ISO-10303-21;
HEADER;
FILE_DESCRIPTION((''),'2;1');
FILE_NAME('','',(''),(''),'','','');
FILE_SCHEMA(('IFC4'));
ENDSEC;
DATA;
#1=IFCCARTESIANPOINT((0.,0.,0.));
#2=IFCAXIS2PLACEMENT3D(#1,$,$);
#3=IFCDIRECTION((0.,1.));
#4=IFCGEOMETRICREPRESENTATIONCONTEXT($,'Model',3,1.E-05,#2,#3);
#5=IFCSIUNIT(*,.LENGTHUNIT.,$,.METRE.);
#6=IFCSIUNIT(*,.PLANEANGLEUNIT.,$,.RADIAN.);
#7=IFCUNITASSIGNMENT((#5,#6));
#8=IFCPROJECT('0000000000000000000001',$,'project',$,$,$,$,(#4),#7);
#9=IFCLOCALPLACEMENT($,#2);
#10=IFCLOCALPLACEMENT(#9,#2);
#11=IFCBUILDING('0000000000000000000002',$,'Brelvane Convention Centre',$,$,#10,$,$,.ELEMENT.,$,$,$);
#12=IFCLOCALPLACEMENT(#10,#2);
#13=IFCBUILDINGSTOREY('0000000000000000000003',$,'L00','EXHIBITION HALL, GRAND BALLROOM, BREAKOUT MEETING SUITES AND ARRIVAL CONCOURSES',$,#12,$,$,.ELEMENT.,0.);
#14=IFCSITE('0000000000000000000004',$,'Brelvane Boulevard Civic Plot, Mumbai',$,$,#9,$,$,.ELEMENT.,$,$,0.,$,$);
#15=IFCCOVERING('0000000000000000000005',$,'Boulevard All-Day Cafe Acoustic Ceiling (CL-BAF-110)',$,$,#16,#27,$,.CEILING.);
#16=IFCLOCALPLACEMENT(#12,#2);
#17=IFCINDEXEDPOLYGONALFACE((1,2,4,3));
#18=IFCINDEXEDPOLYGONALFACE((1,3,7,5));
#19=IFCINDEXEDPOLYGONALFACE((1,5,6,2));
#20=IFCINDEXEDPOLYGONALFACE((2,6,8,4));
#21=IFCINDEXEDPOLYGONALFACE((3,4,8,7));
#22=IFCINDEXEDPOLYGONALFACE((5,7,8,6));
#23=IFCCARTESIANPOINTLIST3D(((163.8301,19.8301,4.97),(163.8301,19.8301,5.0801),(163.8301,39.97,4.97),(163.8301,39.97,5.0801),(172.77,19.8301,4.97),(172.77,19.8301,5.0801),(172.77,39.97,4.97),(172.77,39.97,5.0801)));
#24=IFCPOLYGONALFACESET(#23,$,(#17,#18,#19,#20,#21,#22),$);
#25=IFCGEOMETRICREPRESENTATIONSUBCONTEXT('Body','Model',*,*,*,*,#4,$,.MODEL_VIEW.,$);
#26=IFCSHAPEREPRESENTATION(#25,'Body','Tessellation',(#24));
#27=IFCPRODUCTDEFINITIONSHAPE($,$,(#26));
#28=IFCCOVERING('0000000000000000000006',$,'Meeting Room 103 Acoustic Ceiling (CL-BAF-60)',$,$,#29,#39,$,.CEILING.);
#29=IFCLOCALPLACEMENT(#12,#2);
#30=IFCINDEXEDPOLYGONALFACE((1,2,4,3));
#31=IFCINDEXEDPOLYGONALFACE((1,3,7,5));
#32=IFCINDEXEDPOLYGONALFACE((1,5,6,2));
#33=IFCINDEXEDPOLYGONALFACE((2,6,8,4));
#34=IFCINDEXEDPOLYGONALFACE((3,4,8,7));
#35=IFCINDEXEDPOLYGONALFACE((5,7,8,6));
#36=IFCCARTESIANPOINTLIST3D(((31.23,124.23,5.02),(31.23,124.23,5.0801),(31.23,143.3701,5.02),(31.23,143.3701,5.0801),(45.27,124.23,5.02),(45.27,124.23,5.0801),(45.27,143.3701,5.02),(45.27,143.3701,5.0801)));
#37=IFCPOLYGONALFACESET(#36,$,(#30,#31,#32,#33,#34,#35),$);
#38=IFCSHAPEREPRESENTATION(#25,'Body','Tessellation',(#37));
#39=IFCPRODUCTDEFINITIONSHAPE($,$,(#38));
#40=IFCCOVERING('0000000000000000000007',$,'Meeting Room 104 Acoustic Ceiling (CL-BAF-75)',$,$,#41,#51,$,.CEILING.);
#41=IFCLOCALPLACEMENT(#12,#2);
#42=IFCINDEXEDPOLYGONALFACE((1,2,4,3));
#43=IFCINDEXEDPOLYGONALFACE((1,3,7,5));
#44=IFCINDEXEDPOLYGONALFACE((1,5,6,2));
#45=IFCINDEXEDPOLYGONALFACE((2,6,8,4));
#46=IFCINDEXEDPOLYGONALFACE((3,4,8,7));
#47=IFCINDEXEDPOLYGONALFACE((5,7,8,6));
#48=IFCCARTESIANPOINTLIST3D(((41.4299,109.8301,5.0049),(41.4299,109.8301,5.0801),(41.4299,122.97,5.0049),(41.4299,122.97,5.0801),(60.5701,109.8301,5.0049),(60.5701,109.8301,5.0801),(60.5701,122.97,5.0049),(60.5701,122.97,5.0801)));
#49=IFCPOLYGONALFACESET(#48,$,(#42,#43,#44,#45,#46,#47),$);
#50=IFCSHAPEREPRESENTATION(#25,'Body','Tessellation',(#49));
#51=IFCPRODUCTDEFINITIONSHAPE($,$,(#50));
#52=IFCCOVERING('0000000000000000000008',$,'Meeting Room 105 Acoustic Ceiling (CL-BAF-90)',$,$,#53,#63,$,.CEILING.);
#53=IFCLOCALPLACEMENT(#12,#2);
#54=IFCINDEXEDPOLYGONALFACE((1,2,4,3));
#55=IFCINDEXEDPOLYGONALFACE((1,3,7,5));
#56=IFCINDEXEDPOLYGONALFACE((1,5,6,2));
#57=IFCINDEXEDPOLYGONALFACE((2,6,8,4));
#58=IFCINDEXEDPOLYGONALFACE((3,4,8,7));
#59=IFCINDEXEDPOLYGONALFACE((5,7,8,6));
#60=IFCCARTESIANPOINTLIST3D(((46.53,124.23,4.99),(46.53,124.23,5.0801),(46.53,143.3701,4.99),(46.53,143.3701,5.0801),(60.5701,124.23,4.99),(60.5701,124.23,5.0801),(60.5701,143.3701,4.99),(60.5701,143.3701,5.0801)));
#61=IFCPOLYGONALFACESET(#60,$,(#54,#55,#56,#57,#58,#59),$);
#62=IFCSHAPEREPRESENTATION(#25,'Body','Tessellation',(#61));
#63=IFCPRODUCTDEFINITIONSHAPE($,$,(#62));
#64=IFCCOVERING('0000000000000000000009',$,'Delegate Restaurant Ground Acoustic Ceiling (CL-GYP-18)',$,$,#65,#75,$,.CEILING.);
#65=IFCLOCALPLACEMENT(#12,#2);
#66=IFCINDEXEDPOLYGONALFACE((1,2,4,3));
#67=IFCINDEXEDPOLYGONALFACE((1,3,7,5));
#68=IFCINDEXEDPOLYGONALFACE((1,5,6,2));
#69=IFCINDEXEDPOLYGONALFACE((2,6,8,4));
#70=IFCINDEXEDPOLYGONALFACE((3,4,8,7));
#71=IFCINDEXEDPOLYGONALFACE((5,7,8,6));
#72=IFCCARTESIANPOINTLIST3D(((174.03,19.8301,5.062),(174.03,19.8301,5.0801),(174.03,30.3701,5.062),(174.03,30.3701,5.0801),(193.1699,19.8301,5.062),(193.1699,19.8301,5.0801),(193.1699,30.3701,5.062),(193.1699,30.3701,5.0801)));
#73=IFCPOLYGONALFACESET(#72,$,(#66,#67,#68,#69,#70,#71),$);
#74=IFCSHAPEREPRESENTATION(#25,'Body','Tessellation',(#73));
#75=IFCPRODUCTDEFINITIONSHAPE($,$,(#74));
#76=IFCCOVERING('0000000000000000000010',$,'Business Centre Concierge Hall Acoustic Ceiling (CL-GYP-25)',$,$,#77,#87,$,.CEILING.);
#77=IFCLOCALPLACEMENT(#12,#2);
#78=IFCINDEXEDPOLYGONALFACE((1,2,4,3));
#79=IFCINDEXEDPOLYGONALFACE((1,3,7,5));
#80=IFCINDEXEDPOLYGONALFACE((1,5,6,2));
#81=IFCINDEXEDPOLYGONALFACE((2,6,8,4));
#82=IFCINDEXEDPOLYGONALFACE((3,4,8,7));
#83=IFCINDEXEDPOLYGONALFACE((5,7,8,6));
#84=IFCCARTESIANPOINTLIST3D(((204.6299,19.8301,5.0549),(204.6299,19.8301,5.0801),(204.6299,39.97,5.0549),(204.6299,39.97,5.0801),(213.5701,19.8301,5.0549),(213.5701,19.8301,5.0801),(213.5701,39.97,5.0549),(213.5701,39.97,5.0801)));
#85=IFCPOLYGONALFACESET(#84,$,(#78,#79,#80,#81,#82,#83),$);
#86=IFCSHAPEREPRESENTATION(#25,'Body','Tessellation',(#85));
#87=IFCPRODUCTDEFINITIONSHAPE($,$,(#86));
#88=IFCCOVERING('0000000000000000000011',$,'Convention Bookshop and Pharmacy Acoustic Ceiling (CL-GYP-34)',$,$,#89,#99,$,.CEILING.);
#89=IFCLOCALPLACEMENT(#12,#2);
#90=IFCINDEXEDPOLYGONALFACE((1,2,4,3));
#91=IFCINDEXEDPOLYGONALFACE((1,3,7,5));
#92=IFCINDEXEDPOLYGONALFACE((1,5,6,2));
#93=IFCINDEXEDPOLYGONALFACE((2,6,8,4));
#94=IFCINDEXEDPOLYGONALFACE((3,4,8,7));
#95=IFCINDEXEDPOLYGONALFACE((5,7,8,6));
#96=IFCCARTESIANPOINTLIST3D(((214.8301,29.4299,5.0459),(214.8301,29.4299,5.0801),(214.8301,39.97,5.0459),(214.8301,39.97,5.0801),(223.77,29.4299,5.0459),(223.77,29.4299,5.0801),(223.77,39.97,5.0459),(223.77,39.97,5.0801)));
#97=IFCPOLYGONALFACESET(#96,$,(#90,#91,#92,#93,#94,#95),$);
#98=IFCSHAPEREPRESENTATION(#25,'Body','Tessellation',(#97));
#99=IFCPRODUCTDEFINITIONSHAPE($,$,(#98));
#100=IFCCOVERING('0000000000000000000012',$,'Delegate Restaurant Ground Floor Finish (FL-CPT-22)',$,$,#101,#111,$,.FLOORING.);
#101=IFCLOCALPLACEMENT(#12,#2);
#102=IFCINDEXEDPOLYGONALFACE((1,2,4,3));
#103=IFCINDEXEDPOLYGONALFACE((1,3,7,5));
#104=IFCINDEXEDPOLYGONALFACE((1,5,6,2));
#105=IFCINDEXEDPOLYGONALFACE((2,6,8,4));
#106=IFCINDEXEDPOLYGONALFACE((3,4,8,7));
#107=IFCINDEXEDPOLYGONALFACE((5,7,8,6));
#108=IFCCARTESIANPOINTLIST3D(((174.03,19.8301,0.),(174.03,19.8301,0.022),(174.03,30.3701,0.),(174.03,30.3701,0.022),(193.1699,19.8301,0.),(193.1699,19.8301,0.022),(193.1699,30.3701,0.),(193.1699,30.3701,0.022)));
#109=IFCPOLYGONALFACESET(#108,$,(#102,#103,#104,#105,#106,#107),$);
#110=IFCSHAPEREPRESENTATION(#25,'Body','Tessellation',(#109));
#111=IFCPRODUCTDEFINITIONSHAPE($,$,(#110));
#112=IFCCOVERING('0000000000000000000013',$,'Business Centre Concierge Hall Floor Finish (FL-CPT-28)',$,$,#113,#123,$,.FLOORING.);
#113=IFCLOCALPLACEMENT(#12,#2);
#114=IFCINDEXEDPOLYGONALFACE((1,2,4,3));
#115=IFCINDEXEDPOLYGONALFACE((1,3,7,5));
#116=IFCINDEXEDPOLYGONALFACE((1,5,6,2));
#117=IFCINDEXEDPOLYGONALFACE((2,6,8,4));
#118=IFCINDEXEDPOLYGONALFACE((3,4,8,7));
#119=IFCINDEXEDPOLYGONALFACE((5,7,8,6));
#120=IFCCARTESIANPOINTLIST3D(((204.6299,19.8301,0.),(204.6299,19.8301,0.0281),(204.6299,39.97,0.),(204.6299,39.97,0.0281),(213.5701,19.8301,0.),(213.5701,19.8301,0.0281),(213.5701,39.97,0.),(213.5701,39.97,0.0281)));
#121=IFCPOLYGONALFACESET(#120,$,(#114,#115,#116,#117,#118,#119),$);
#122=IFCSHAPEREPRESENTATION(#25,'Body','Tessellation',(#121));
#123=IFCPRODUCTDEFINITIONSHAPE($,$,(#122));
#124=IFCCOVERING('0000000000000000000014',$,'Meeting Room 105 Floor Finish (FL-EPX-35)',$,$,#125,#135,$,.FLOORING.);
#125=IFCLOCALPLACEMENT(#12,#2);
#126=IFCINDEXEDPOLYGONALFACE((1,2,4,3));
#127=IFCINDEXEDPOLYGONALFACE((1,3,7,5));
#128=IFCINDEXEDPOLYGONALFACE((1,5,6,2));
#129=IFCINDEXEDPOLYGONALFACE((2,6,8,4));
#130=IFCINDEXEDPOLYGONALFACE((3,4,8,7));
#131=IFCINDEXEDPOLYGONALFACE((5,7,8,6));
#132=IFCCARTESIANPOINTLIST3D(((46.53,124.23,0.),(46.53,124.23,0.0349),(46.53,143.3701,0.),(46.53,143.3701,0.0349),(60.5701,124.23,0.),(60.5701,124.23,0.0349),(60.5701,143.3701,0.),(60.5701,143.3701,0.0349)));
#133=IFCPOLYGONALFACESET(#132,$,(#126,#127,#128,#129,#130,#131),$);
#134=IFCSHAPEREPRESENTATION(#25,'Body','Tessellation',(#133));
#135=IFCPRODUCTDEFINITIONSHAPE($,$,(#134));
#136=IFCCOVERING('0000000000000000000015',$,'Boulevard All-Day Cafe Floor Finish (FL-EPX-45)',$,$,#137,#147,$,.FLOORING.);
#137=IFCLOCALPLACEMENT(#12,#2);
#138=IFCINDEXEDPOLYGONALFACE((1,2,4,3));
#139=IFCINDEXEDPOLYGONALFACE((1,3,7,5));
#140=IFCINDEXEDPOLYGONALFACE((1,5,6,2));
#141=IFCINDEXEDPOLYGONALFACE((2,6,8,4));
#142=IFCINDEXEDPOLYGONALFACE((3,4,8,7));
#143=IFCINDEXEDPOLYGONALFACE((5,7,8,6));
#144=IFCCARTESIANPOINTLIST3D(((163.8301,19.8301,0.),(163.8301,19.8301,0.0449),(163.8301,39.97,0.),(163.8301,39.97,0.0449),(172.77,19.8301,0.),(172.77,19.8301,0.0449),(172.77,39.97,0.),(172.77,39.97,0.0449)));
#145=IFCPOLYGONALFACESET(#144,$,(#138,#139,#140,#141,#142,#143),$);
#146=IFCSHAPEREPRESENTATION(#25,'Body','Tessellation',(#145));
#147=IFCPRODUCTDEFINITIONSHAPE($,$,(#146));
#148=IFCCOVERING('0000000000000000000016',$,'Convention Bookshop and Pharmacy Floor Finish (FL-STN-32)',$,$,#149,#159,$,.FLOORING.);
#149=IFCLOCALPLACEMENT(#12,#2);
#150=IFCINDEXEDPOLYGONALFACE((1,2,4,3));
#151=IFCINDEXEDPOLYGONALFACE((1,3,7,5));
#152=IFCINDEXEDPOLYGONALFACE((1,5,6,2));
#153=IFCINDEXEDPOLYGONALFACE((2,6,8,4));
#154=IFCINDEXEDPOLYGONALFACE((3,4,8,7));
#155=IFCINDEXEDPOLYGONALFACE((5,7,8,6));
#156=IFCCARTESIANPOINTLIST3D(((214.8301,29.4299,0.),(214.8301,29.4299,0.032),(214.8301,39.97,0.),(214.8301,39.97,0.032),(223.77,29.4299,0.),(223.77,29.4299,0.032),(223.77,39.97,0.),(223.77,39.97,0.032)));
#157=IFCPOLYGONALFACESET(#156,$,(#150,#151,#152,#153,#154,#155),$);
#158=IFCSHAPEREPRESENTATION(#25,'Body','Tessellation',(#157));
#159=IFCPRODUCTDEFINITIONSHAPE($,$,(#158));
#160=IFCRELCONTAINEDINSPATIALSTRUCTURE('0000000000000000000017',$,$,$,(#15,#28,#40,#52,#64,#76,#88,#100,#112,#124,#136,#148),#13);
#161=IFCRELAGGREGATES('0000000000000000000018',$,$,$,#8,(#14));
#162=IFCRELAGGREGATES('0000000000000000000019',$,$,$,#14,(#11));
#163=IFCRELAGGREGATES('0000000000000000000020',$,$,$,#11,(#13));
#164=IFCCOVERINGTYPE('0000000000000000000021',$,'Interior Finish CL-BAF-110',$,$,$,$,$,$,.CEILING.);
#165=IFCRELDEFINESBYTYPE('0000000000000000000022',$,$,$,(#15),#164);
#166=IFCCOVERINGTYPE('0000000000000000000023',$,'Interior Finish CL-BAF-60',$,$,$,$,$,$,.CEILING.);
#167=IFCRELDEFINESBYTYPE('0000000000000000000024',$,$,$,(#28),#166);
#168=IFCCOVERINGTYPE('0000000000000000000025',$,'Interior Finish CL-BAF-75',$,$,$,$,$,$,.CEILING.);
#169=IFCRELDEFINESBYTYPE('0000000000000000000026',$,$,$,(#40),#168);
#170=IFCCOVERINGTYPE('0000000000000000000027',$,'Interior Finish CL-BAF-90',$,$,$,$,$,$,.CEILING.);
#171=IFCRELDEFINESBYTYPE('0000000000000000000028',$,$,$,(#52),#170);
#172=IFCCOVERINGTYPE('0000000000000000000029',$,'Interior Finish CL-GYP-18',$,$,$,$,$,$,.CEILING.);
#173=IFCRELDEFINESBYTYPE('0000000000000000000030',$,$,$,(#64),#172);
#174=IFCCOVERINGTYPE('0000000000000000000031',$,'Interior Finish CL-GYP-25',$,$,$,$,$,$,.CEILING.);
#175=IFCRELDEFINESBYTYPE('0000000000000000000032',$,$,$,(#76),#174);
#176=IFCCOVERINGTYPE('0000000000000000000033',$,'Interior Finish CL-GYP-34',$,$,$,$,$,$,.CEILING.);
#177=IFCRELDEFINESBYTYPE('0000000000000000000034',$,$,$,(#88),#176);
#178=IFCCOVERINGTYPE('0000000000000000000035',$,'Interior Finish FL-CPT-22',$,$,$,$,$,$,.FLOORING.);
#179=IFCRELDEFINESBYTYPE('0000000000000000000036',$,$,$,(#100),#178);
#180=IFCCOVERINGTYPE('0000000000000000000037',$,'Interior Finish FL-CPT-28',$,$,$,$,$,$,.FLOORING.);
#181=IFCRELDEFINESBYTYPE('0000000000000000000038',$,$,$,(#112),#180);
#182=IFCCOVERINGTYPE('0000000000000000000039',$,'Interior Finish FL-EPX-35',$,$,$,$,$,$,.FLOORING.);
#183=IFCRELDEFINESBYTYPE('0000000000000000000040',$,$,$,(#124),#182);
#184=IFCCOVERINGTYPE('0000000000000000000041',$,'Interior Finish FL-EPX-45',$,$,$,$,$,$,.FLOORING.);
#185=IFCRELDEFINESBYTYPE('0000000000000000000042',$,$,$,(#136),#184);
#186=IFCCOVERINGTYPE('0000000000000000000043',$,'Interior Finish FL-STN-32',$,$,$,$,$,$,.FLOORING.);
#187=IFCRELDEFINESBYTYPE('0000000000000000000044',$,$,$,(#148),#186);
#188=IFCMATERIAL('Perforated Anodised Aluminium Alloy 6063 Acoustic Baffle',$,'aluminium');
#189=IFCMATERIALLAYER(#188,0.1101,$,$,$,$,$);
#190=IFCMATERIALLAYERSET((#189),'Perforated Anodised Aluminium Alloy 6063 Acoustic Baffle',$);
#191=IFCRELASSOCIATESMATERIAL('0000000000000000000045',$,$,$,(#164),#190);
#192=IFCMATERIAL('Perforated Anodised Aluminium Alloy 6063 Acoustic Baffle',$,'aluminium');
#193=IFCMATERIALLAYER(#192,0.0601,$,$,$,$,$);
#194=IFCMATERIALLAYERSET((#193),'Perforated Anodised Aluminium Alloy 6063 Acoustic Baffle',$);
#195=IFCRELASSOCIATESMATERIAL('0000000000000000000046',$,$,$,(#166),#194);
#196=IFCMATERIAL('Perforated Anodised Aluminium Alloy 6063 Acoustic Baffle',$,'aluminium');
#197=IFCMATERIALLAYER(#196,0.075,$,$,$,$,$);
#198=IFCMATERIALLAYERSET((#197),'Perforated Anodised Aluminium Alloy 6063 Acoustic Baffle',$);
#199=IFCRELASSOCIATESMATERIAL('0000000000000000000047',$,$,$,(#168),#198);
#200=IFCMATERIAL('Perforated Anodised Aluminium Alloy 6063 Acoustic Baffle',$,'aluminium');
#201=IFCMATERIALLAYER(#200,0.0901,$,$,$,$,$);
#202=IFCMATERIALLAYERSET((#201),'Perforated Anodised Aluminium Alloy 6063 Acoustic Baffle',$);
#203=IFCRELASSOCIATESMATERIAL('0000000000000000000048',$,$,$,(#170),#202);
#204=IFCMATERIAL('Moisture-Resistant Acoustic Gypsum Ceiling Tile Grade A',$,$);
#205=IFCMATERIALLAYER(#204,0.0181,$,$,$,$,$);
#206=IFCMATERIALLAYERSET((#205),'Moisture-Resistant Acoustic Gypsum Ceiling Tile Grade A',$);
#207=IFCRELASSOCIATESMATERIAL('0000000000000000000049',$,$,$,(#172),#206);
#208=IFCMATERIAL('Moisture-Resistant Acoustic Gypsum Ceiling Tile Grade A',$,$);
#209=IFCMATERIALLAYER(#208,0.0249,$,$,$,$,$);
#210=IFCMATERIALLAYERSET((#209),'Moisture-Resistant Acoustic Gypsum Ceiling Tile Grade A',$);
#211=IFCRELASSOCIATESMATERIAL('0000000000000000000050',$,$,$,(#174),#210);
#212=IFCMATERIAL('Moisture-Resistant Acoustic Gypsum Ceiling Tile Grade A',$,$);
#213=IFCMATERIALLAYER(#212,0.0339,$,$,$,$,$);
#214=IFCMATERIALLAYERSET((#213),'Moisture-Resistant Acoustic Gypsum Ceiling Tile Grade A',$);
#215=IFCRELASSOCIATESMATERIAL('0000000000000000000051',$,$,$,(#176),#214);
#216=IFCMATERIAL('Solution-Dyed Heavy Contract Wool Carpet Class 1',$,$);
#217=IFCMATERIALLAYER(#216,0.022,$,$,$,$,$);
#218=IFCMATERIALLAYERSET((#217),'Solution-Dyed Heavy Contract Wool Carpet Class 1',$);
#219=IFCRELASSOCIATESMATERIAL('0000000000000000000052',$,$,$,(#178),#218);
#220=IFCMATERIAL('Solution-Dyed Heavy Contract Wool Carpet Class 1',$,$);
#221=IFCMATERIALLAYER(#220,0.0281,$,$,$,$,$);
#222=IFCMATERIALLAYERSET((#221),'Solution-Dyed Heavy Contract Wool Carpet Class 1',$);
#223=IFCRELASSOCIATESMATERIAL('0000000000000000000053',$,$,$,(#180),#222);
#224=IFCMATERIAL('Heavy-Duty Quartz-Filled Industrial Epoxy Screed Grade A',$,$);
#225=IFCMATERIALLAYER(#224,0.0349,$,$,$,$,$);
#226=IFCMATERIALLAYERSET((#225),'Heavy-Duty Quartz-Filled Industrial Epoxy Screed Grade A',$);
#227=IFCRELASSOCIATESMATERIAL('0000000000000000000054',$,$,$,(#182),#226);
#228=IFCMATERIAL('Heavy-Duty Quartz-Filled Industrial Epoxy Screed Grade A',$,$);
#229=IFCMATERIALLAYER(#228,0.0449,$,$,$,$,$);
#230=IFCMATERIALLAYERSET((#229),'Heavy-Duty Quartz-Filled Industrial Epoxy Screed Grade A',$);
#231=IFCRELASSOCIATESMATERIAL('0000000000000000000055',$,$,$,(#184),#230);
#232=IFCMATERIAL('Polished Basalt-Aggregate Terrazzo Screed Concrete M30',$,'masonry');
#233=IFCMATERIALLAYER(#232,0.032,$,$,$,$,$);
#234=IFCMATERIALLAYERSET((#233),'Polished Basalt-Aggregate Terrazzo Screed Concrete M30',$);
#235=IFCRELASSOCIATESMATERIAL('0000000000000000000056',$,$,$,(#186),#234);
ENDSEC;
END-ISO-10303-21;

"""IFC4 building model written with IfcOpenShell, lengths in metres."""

from ifc_helpers import new_model, si_unit, direction, frame, origin, place, context, subcontext, project, spatial, polyline, outline, extrude, material, layer, layer_set, type_object, element, save


model = new_model("IFC4")

# Units and contexts
model_context = context("Model", 3, precision=1e-05, world=origin(), true_north=direction((0.0, 1.0)))
body_context = subcontext(model_context, "Body", "Model", "MODEL_VIEW")
ifc_project = project(units=[si_unit("LENGTHUNIT", "METRE"), si_unit("PLANEANGLEUNIT", "RADIAN")], contexts=[model_context])

# Site, building, storey
site_placement = place(None, origin())
site = spatial("IfcSite", under=ifc_project, at=site_placement, Name="Brelvane Boulevard Civic Plot, Mumbai", CompositionType="ELEMENT", RefElevation=0.0)
building_placement = place(site_placement, origin())
building = spatial("IfcBuilding", under=site, at=building_placement, Name="Brelvane Convention Centre", CompositionType="ELEMENT")
storey_placement = place(building_placement, origin())
storey = spatial("IfcBuildingStorey", under=building, at=storey_placement, Name="L00", Description="EXHIBITION HALL, GRAND BALLROOM, BREAKOUT MEETING SUITES AND ARRIVAL CONCOURSES", CompositionType="ELEMENT", Elevation=0.0)

# Coverings
ifc_material_1 = material(Name="Perforated Anodised Aluminium Alloy 6063 Acoustic Baffle", Category="aluminium")
ifc_layer_1 = layer(ifc_material_1, 0.1101)
ifc_layer_set_1 = layer_set([ifc_layer_1], Name="Perforated Anodised Aluminium Alloy 6063 Acoustic Baffle")
covering_type_1 = type_object("IfcCoveringType", Name="Interior Finish CL-BAF-110", PredefinedType="CEILING", material=ifc_layer_set_1)
covering_1_placement = place(storey_placement, frame((0.0, 0.0, 4.97)))
element("IfcCovering", 1, at=covering_1_placement, inside=storey, type_object=covering_type_1, Name="Boulevard All-Day Cafe Acoustic Ceiling (CL-BAF-110)", PredefinedType="CEILING", context=body_context, shape_type="SweptSolid", body=[
    extrude(outline(polyline([(163.8301, 19.8301), (172.77, 19.8301), (172.77, 39.97), (163.8301, 39.97), (163.8301, 19.8301)])), origin(), (0.0, 0.0, 1.0), 0.1101),
])
ifc_material_2 = material(Name="Perforated Anodised Aluminium Alloy 6063 Acoustic Baffle", Category="aluminium")
ifc_layer_2 = layer(ifc_material_2, 0.0601)
ifc_layer_set_2 = layer_set([ifc_layer_2], Name="Perforated Anodised Aluminium Alloy 6063 Acoustic Baffle")
covering_type_2 = type_object("IfcCoveringType", Name="Interior Finish CL-BAF-60", PredefinedType="CEILING", material=ifc_layer_set_2)
covering_2_placement = place(storey_placement, frame((0.0, 0.0, 5.02)))
element("IfcCovering", 2, at=covering_2_placement, inside=storey, type_object=covering_type_2, Name="Meeting Room 103 Acoustic Ceiling (CL-BAF-60)", PredefinedType="CEILING", context=body_context, shape_type="SweptSolid", body=[
    extrude(outline(polyline([(31.23, 124.23), (45.27, 124.23), (45.27, 143.3701), (31.23, 143.3701), (31.23, 124.23)])), origin(), (0.0, 0.0, 1.0), 0.0601),
])
ifc_material_3 = material(Name="Perforated Anodised Aluminium Alloy 6063 Acoustic Baffle", Category="aluminium")
ifc_layer_3 = layer(ifc_material_3, 0.075)
ifc_layer_set_3 = layer_set([ifc_layer_3], Name="Perforated Anodised Aluminium Alloy 6063 Acoustic Baffle")
covering_type_3 = type_object("IfcCoveringType", Name="Interior Finish CL-BAF-75", PredefinedType="CEILING", material=ifc_layer_set_3)
covering_3_placement = place(storey_placement, frame((0.0, 0.0, 5.0049)))
element("IfcCovering", 3, at=covering_3_placement, inside=storey, type_object=covering_type_3, Name="Meeting Room 104 Acoustic Ceiling (CL-BAF-75)", PredefinedType="CEILING", context=body_context, shape_type="SweptSolid", body=[
    extrude(outline(polyline([(41.4299, 109.8301), (60.5701, 109.8301), (60.5701, 122.97), (41.4299, 122.97), (41.4299, 109.8301)])), origin(), (0.0, 0.0, 1.0), 0.0752),
])
ifc_material_4 = material(Name="Perforated Anodised Aluminium Alloy 6063 Acoustic Baffle", Category="aluminium")
ifc_layer_4 = layer(ifc_material_4, 0.0901)
ifc_layer_set_4 = layer_set([ifc_layer_4], Name="Perforated Anodised Aluminium Alloy 6063 Acoustic Baffle")
covering_type_4 = type_object("IfcCoveringType", Name="Interior Finish CL-BAF-90", PredefinedType="CEILING", material=ifc_layer_set_4)
covering_4_placement = place(storey_placement, frame((0.0, 0.0, 4.99)))
element("IfcCovering", 4, at=covering_4_placement, inside=storey, type_object=covering_type_4, Name="Meeting Room 105 Acoustic Ceiling (CL-BAF-90)", PredefinedType="CEILING", context=body_context, shape_type="SweptSolid", body=[
    extrude(outline(polyline([(46.53, 124.23), (60.5701, 124.23), (60.5701, 143.3701), (46.53, 143.3701), (46.53, 124.23)])), origin(), (0.0, 0.0, 1.0), 0.0901),
])
ifc_material_5 = material(Name="Moisture-Resistant Acoustic Gypsum Ceiling Tile Grade A")
ifc_layer_5 = layer(ifc_material_5, 0.0181)
ifc_layer_set_5 = layer_set([ifc_layer_5], Name="Moisture-Resistant Acoustic Gypsum Ceiling Tile Grade A")
covering_type_5 = type_object("IfcCoveringType", Name="Interior Finish CL-GYP-18", PredefinedType="CEILING", material=ifc_layer_set_5)
covering_5_placement = place(storey_placement, frame((0.0, 0.0, 5.062)))
element("IfcCovering", 5, at=covering_5_placement, inside=storey, type_object=covering_type_5, Name="Delegate Restaurant Ground Acoustic Ceiling (CL-GYP-18)", PredefinedType="CEILING", context=body_context, shape_type="SweptSolid", body=[
    extrude(outline(polyline([(174.03, 19.8301), (193.1699, 19.8301), (193.1699, 30.3701), (174.03, 30.3701), (174.03, 19.8301)])), origin(), (0.0, 0.0, 1.0), 0.0181),
])
ifc_material_6 = material(Name="Moisture-Resistant Acoustic Gypsum Ceiling Tile Grade A")
ifc_layer_6 = layer(ifc_material_6, 0.0249)
ifc_layer_set_6 = layer_set([ifc_layer_6], Name="Moisture-Resistant Acoustic Gypsum Ceiling Tile Grade A")
covering_type_6 = type_object("IfcCoveringType", Name="Interior Finish CL-GYP-25", PredefinedType="CEILING", material=ifc_layer_set_6)
covering_6_placement = place(storey_placement, frame((0.0, 0.0, 5.0549)))
element("IfcCovering", 6, at=covering_6_placement, inside=storey, type_object=covering_type_6, Name="Business Centre Concierge Hall Acoustic Ceiling (CL-GYP-25)", PredefinedType="CEILING", context=body_context, shape_type="SweptSolid", body=[
    extrude(outline(polyline([(204.6299, 19.8301), (213.5701, 19.8301), (213.5701, 39.97), (204.6299, 39.97), (204.6299, 19.8301)])), origin(), (0.0, 0.0, 1.0), 0.0251),
])
ifc_material_7 = material(Name="Moisture-Resistant Acoustic Gypsum Ceiling Tile Grade A")
ifc_layer_7 = layer(ifc_material_7, 0.0339)
ifc_layer_set_7 = layer_set([ifc_layer_7], Name="Moisture-Resistant Acoustic Gypsum Ceiling Tile Grade A")
covering_type_7 = type_object("IfcCoveringType", Name="Interior Finish CL-GYP-34", PredefinedType="CEILING", material=ifc_layer_set_7)
covering_7_placement = place(storey_placement, frame((0.0, 0.0, 5.0459)))
element("IfcCovering", 7, at=covering_7_placement, inside=storey, type_object=covering_type_7, Name="Convention Bookshop and Pharmacy Acoustic Ceiling (CL-GYP-34)", PredefinedType="CEILING", context=body_context, shape_type="SweptSolid", body=[
    extrude(outline(polyline([(214.8301, 29.4299), (223.77, 29.4299), (223.77, 39.97), (214.8301, 39.97), (214.8301, 29.4299)])), origin(), (0.0, 0.0, 1.0), 0.0342),
])
ifc_material_8 = material(Name="Solution-Dyed Heavy Contract Wool Carpet Class 1")
ifc_layer_8 = layer(ifc_material_8, 0.022)
ifc_layer_set_8 = layer_set([ifc_layer_8], Name="Solution-Dyed Heavy Contract Wool Carpet Class 1")
covering_type_8 = type_object("IfcCoveringType", Name="Interior Finish FL-CPT-22", PredefinedType="FLOORING", material=ifc_layer_set_8)
covering_8_placement = place(storey_placement, origin())
element("IfcCovering", 8, at=covering_8_placement, inside=storey, type_object=covering_type_8, Name="Delegate Restaurant Ground Floor Finish (FL-CPT-22)", PredefinedType="FLOORING", context=body_context, shape_type="SweptSolid", body=[
    extrude(outline(polyline([(174.03, 19.8301), (193.1699, 19.8301), (193.1699, 30.3701), (174.03, 30.3701), (174.03, 19.8301)])), origin(), (0.0, 0.0, 1.0), 0.022),
])
ifc_material_9 = material(Name="Solution-Dyed Heavy Contract Wool Carpet Class 1")
ifc_layer_9 = layer(ifc_material_9, 0.0281)
ifc_layer_set_9 = layer_set([ifc_layer_9], Name="Solution-Dyed Heavy Contract Wool Carpet Class 1")
covering_type_9 = type_object("IfcCoveringType", Name="Interior Finish FL-CPT-28", PredefinedType="FLOORING", material=ifc_layer_set_9)
covering_9_placement = place(storey_placement, origin())
element("IfcCovering", 9, at=covering_9_placement, inside=storey, type_object=covering_type_9, Name="Business Centre Concierge Hall Floor Finish (FL-CPT-28)", PredefinedType="FLOORING", context=body_context, shape_type="SweptSolid", body=[
    extrude(outline(polyline([(204.6299, 19.8301), (213.5701, 19.8301), (213.5701, 39.97), (204.6299, 39.97), (204.6299, 19.8301)])), origin(), (0.0, 0.0, 1.0), 0.0281),
])
ifc_material_10 = material(Name="Heavy-Duty Quartz-Filled Industrial Epoxy Screed Grade A")
ifc_layer_10 = layer(ifc_material_10, 0.0349)
ifc_layer_set_10 = layer_set([ifc_layer_10], Name="Heavy-Duty Quartz-Filled Industrial Epoxy Screed Grade A")
covering_type_10 = type_object("IfcCoveringType", Name="Interior Finish FL-EPX-35", PredefinedType="FLOORING", material=ifc_layer_set_10)
covering_10_placement = place(storey_placement, origin())
element("IfcCovering", 10, at=covering_10_placement, inside=storey, type_object=covering_type_10, Name="Meeting Room 105 Floor Finish (FL-EPX-35)", PredefinedType="FLOORING", context=body_context, shape_type="SweptSolid", body=[
    extrude(outline(polyline([(46.53, 124.23), (60.5701, 124.23), (60.5701, 143.3701), (46.53, 143.3701), (46.53, 124.23)])), origin(), (0.0, 0.0, 1.0), 0.0349),
])
ifc_material_11 = material(Name="Heavy-Duty Quartz-Filled Industrial Epoxy Screed Grade A")
ifc_layer_11 = layer(ifc_material_11, 0.0449)
ifc_layer_set_11 = layer_set([ifc_layer_11], Name="Heavy-Duty Quartz-Filled Industrial Epoxy Screed Grade A")
covering_type_11 = type_object("IfcCoveringType", Name="Interior Finish FL-EPX-45", PredefinedType="FLOORING", material=ifc_layer_set_11)
covering_11_placement = place(storey_placement, origin())
element("IfcCovering", 11, at=covering_11_placement, inside=storey, type_object=covering_type_11, Name="Boulevard All-Day Cafe Floor Finish (FL-EPX-45)", PredefinedType="FLOORING", context=body_context, shape_type="SweptSolid", body=[
    extrude(outline(polyline([(163.8301, 19.8301), (172.77, 19.8301), (172.77, 39.97), (163.8301, 39.97), (163.8301, 19.8301)])), origin(), (0.0, 0.0, 1.0), 0.0449),
])
ifc_material_12 = material(Name="Polished Basalt-Aggregate Terrazzo Screed Concrete M30", Category="masonry")
ifc_layer_12 = layer(ifc_material_12, 0.032)
ifc_layer_set_12 = layer_set([ifc_layer_12], Name="Polished Basalt-Aggregate Terrazzo Screed Concrete M30")
covering_type_12 = type_object("IfcCoveringType", Name="Interior Finish FL-STN-32", PredefinedType="FLOORING", material=ifc_layer_set_12)
covering_12_placement = place(storey_placement, origin())
element("IfcCovering", 12, at=covering_12_placement, inside=storey, type_object=covering_type_12, Name="Convention Bookshop and Pharmacy Floor Finish (FL-STN-32)", PredefinedType="FLOORING", context=body_context, shape_type="SweptSolid", body=[
    extrude(outline(polyline([(214.8301, 29.4299), (223.77, 29.4299), (223.77, 39.97), (214.8301, 39.97), (214.8301, 29.4299)])), origin(), (0.0, 0.0, 1.0), 0.032),
])

save(model, "model.ifc")
